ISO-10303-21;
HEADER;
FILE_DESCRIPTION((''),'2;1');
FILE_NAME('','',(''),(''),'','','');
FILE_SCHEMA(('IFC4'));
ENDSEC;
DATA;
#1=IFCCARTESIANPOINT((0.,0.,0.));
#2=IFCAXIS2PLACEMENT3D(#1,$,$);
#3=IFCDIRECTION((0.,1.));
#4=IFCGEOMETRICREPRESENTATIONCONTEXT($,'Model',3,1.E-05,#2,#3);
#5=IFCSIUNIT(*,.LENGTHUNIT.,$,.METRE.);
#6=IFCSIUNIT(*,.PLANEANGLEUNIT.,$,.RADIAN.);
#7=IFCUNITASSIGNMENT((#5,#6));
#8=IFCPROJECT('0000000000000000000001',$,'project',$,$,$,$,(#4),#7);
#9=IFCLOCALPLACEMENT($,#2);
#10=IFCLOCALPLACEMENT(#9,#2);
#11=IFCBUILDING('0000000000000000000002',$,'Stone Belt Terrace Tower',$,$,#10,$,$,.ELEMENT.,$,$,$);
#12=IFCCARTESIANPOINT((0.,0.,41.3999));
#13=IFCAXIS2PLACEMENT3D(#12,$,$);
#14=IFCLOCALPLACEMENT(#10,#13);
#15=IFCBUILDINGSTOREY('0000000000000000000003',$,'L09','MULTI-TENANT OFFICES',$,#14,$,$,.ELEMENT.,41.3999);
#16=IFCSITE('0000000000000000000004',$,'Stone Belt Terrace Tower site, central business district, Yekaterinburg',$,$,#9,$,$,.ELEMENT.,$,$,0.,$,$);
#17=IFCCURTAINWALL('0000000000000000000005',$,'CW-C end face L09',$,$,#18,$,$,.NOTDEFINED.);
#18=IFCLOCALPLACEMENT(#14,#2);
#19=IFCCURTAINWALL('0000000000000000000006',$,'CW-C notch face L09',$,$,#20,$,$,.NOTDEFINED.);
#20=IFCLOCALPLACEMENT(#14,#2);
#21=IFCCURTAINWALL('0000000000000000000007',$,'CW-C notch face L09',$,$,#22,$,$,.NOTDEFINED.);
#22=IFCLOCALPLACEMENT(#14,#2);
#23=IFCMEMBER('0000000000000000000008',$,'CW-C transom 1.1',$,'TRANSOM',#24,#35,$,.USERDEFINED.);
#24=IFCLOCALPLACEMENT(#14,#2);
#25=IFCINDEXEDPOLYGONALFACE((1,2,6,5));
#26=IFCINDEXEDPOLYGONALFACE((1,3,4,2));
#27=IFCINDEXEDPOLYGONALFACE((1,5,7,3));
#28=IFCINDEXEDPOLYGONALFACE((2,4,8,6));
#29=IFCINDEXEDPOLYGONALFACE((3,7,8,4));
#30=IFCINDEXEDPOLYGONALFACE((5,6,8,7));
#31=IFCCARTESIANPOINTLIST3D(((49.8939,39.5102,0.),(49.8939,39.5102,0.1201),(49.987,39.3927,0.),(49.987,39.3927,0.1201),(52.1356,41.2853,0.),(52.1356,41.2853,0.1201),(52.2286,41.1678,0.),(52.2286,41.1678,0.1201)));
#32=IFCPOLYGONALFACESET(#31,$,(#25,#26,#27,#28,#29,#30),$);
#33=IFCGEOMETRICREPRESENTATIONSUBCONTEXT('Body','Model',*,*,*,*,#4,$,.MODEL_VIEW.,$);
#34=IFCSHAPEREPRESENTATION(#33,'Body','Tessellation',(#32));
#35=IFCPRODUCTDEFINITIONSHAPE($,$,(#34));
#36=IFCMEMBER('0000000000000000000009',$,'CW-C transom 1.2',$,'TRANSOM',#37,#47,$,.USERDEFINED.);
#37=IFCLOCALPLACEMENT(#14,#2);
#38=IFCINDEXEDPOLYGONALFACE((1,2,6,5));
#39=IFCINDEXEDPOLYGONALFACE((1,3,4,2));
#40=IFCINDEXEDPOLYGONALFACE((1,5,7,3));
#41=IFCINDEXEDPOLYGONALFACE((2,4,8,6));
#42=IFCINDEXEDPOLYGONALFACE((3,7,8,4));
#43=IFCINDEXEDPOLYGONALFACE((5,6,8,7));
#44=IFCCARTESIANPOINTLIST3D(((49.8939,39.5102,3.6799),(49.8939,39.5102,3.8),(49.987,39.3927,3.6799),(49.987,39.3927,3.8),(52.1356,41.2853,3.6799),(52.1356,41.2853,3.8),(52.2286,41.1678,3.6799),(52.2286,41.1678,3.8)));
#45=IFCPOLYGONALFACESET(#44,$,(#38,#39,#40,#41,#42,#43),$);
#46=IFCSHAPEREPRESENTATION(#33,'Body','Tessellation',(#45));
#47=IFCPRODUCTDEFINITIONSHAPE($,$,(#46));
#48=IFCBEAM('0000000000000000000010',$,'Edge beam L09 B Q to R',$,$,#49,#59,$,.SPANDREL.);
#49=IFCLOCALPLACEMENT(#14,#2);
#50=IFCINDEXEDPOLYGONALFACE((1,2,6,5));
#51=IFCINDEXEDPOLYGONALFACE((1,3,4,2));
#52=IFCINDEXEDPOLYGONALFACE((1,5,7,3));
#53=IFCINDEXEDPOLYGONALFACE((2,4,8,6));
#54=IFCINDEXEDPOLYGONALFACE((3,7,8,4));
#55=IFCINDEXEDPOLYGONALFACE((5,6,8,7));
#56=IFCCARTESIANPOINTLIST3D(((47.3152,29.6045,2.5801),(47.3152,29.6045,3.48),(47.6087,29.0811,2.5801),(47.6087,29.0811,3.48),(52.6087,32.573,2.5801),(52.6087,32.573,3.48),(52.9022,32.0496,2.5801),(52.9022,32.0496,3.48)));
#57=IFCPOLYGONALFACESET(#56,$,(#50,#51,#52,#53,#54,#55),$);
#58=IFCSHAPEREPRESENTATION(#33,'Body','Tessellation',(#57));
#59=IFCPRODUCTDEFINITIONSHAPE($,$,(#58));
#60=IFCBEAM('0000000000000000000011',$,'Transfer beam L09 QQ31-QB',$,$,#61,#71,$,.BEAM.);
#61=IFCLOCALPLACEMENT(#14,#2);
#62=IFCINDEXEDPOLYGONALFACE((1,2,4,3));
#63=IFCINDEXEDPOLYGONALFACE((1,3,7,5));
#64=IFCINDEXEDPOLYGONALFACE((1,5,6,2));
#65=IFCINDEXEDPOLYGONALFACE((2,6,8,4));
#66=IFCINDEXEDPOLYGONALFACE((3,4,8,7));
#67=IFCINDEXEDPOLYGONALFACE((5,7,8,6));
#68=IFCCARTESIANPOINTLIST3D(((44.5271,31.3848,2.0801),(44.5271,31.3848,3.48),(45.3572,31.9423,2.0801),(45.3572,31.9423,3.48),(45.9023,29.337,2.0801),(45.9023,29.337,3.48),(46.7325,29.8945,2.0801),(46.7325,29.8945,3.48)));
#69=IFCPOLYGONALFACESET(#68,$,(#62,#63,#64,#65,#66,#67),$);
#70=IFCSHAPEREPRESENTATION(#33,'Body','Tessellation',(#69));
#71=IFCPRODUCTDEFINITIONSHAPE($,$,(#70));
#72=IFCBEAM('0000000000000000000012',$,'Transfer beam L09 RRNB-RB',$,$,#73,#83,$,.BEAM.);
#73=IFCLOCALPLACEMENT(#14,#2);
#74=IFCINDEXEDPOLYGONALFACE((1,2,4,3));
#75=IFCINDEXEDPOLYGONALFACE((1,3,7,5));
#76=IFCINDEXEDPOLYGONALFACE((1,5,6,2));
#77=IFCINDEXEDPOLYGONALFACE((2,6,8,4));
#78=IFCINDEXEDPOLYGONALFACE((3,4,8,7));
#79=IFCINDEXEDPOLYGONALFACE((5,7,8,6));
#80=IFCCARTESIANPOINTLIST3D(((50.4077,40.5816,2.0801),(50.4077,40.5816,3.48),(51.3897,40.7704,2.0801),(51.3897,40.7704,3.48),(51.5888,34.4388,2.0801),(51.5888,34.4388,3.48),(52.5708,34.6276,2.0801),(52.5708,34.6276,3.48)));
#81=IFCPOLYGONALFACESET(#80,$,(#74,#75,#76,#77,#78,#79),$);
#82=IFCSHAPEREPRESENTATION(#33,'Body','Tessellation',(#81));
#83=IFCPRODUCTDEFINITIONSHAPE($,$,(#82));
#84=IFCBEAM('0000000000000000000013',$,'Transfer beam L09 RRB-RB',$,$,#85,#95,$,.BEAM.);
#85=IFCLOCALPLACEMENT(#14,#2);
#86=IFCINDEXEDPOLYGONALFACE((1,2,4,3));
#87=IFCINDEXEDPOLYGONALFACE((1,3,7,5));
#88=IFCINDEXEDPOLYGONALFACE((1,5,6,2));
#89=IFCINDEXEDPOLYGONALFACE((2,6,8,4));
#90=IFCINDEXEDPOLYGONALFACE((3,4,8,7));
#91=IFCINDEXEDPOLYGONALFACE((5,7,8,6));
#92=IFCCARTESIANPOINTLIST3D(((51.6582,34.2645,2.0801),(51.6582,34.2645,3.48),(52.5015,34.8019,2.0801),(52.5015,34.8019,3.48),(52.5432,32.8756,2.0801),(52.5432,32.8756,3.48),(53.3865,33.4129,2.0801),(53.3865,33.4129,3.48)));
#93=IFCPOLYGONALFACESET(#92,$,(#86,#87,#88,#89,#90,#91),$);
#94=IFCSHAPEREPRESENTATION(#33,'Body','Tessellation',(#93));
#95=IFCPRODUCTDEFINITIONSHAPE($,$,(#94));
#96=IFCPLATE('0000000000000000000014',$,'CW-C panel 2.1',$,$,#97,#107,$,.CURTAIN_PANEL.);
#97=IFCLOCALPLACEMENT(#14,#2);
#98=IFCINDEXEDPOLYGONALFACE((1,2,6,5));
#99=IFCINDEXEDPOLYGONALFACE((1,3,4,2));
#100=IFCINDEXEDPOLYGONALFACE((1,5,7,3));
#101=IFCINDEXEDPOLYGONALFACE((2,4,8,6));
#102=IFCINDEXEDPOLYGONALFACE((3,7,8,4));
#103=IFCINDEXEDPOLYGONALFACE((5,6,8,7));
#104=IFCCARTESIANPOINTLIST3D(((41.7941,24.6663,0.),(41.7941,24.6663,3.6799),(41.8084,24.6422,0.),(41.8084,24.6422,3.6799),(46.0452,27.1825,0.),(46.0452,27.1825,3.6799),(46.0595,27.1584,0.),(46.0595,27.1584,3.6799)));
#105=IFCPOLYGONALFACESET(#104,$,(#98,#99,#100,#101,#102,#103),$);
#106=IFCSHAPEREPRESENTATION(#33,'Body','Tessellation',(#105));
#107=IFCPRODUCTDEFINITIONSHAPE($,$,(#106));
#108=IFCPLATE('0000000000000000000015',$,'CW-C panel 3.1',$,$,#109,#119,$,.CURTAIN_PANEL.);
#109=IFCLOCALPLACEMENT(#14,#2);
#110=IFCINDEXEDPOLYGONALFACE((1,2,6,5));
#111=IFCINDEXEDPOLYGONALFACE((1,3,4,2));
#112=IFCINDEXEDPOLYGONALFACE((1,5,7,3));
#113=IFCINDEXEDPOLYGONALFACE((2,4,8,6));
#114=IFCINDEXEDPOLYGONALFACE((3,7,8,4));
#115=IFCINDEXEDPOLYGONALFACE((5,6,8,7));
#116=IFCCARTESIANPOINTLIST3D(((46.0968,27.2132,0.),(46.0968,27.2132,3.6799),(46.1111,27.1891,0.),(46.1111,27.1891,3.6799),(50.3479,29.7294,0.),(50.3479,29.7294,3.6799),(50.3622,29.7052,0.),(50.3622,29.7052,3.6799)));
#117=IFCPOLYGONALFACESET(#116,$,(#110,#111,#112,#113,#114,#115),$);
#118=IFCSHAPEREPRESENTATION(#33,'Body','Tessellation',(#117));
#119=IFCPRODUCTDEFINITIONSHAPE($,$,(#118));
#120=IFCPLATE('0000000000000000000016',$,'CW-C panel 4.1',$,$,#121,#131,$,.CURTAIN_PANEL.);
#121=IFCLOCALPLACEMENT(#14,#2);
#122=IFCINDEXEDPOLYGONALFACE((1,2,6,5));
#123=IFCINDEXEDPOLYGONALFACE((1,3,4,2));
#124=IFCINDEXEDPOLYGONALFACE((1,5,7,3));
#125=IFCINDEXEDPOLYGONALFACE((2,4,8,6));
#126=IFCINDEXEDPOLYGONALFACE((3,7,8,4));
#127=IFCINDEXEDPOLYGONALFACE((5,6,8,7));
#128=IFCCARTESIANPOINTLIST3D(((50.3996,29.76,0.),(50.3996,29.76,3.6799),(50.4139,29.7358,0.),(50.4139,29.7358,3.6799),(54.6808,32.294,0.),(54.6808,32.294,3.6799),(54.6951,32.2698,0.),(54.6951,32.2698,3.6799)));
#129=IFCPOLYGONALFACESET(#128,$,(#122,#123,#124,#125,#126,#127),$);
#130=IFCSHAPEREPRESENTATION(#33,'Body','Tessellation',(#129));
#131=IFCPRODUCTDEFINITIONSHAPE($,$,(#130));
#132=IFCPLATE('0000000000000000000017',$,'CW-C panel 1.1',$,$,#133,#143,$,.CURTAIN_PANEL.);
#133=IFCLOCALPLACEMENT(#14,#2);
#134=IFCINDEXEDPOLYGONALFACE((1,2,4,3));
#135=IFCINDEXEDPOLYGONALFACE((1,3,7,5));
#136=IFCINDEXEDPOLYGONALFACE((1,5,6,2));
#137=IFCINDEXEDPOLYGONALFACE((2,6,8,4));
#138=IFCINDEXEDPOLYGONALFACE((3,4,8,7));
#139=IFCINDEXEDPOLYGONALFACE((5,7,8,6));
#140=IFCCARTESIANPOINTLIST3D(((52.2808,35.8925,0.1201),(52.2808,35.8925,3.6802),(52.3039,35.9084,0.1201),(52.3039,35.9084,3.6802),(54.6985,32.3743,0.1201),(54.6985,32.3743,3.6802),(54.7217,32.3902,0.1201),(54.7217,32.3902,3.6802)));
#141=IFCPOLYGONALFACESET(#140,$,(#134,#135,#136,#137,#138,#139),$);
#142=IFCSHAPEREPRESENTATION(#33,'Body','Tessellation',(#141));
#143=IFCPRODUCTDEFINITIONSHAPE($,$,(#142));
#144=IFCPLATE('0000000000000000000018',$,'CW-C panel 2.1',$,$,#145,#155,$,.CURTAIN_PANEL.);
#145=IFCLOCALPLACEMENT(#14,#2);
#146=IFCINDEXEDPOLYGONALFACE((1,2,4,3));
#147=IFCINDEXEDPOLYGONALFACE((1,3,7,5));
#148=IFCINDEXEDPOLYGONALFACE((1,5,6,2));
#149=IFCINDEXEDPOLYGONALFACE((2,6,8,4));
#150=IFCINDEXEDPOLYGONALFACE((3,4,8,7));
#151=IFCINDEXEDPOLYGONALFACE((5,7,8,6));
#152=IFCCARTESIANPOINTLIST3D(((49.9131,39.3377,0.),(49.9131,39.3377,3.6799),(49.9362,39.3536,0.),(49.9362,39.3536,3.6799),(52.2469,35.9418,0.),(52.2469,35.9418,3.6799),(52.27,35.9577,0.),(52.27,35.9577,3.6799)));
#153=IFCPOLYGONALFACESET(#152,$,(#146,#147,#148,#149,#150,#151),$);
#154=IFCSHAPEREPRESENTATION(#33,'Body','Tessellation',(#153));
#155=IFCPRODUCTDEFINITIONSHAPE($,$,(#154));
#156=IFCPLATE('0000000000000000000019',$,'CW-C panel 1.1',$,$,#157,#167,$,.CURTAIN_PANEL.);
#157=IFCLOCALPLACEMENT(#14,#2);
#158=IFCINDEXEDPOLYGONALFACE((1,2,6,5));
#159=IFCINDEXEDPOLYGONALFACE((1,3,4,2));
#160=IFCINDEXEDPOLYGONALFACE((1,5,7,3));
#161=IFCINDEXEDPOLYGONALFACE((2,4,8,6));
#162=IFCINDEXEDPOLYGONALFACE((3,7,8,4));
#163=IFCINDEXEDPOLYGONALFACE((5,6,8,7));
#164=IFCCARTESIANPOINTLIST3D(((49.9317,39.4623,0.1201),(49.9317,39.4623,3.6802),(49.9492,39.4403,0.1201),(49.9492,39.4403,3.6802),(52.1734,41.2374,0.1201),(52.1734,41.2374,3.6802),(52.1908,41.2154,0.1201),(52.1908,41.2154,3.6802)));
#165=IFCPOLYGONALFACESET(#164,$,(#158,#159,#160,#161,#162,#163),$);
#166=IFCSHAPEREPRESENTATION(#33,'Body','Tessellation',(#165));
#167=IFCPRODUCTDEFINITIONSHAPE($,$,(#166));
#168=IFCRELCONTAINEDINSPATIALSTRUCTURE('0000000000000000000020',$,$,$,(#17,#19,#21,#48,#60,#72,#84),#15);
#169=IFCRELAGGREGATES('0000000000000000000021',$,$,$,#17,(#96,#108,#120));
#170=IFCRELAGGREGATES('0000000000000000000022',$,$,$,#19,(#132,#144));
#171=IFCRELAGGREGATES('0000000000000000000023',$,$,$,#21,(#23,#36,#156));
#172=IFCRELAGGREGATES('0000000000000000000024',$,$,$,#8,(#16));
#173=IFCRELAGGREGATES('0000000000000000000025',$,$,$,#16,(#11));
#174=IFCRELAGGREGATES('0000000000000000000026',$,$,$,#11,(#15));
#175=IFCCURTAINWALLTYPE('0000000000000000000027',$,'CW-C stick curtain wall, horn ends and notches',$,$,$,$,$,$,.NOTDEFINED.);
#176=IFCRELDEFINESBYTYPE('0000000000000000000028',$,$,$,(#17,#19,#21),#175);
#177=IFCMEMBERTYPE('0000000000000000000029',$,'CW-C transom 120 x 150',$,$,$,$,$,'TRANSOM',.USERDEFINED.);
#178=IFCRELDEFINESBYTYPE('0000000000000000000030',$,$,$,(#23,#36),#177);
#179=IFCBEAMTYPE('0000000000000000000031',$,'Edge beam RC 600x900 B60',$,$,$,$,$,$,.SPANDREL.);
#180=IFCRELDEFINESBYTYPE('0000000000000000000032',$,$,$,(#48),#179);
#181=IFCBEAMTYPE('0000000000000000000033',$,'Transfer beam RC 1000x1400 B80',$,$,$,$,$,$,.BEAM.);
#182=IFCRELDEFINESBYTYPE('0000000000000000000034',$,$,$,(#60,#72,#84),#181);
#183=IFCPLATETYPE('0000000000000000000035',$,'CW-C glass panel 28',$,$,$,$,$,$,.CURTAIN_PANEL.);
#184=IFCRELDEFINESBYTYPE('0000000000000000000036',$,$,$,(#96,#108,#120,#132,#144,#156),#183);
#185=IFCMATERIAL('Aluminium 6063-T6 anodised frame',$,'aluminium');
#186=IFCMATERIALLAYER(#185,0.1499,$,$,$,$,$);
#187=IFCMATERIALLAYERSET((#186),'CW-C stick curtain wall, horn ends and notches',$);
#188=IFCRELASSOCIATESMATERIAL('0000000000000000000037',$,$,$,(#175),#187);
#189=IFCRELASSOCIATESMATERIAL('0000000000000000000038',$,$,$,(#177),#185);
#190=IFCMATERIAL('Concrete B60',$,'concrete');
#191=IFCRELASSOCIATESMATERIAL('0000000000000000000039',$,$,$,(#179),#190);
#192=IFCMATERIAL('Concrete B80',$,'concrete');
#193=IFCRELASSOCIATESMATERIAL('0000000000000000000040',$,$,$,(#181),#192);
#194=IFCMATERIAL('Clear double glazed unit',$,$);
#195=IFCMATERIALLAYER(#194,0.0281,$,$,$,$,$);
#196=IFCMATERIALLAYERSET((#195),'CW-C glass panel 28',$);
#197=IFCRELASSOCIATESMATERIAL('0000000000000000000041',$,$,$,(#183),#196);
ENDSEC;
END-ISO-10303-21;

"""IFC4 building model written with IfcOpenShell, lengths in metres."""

from ifc_helpers import new_model, si_unit, direction, frame, origin, origin_2d, place, context, subcontext, project, spatial, rectangle, extrude, material, layer, layer_set, material_profile, profile_set, type_object, element, aggregate, save


model = new_model("IFC4")

# Units and contexts
model_context = context("Model", 3, precision=1e-05, world=origin(), true_north=direction((0.0, 1.0)))
body_context = subcontext(model_context, "Body", "Model", "MODEL_VIEW")
ifc_project = project(units=[si_unit("LENGTHUNIT", "METRE"), si_unit("PLANEANGLEUNIT", "RADIAN")], contexts=[model_context])

# Site, building, storey
site_placement = place(None, origin())
site = spatial("IfcSite", under=ifc_project, at=site_placement, Name="Stone Belt Terrace Tower site, central business district, Yekaterinburg", CompositionType="ELEMENT", RefElevation=0.0)
building_placement = place(site_placement, origin())
building = spatial("IfcBuilding", under=site, at=building_placement, Name="Stone Belt Terrace Tower", CompositionType="ELEMENT")
storey_placement = place(building_placement, frame((0.0, 0.0, 41.3999)))
storey = spatial("IfcBuildingStorey", under=building, at=storey_placement, Name="L09", Description="MULTI-TENANT OFFICES", CompositionType="ELEMENT", Elevation=41.3999)

# Shared definitions
ifc_material_1 = material(Name="Concrete B80", Category="concrete")

# Shared definitions
ifc_material_2 = material(Name="Aluminium 6063-T6 anodised frame", Category="aluminium")

# Curtain walls
ifc_layer_1 = layer(ifc_material_2, 0.1499)
ifc_layer_set_1 = layer_set([ifc_layer_1], Name="CW-C stick curtain wall, horn ends and notches")
curtain_wall_type_1 = type_object("IfcCurtainWallType", Name="CW-C stick curtain wall, horn ends and notches", PredefinedType="NOTDEFINED", material=ifc_layer_set_1)
curtain_wall_1_placement = place(storey_placement, origin())
curtain_wall_1 = element("IfcCurtainWall", 1, at=curtain_wall_1_placement, inside=storey, type_object=curtain_wall_type_1, Name="CW-C end face L09", PredefinedType="NOTDEFINED")
curtain_wall_2_placement = place(storey_placement, origin())
curtain_wall_2 = element("IfcCurtainWall", 2, at=curtain_wall_2_placement, inside=storey, type_object=curtain_wall_type_1, Name="CW-C notch face L09", PredefinedType="NOTDEFINED")

# Curtain wall
curtain_wall_3_placement = place(storey_placement, origin())
curtain_wall_3 = element("IfcCurtainWall", 3, at=curtain_wall_3_placement, inside=storey, type_object=curtain_wall_type_1, Name="CW-C notch face L09", PredefinedType="NOTDEFINED")

# Members
ifc_material_profile_1 = material_profile(ifc_material_2, rectangle(XDim=0.1499, YDim=0.1201, at=origin_2d()), Name="Aluminium 6063-T6 150x120")
ifc_profile_set_1 = profile_set([ifc_material_profile_1], Name="Aluminium 6063-T6 anodised frame")
member_type_1 = type_object("IfcMemberType", Name="CW-C transom 120 x 150", ElementType="TRANSOM", PredefinedType="USERDEFINED", material=ifc_profile_set_1)
member_1_placement = place(storey_placement, frame((49.9404, 39.4514, 0.0601), z_axis=(0.783966, 0.620804, 0.0), x_axis=(-0.620804, 0.783966, 0.0)))
member_1 = element("IfcMember", 4, at=member_1_placement, type_object=member_type_1, Name="CW-C transom 1.1", ObjectType="TRANSOM", PredefinedType="USERDEFINED", context=body_context, shape_type="SweptSolid", body=[
    extrude(rectangle(XDim=0.1499, YDim=0.1201, at=origin_2d()), origin(), (0.0, 0.0, 1.0), 2.8594),
])
member_2_placement = place(storey_placement, frame((49.9404, 39.4514, 3.74), z_axis=(0.783966, 0.620804, 0.0), x_axis=(-0.620804, 0.783966, 0.0)))
member_2 = element("IfcMember", 5, at=member_2_placement, type_object=member_type_1, Name="CW-C transom 1.2", ObjectType="TRANSOM", PredefinedType="USERDEFINED", context=body_context, shape_type="SweptSolid", body=[
    extrude(rectangle(XDim=0.1499, YDim=0.1201, at=origin_2d()), origin(), (0.0, 0.0, 1.0), 2.8594),
])

# Beams
ifc_material_3 = material(Name="Concrete B60", Category="concrete")
ifc_material_profile_2 = material_profile(ifc_material_3, rectangle(XDim=0.6001, YDim=0.8999, at=origin_2d()), Name="RC 600x900")
ifc_profile_set_2 = profile_set([ifc_material_profile_2], Name="Concrete B60")
beam_type_1 = type_object("IfcBeamType", Name="Edge beam RC 600x900 B60", PredefinedType="SPANDREL", material=ifc_profile_set_2)
beam_1_placement = place(storey_placement, frame((47.4619, 29.3428, 3.03), z_axis=(0.872213, 0.489126, 0.0), x_axis=(-0.489126, 0.872213, 0.0)))
element("IfcBeam", 6, at=beam_1_placement, inside=storey, type_object=beam_type_1, Name="Edge beam L09 B Q to R", PredefinedType="SPANDREL", context=body_context, shape_type="SweptSolid", body=[
    extrude(rectangle(XDim=0.6001, YDim=0.8999, at=origin_2d()), origin(), (0.0, 0.0, 1.0), 6.0691),
])
ifc_material_profile_3 = material_profile(ifc_material_1, rectangle(XDim=1.0, YDim=1.3999, at=origin_2d()), Name="RC 1000x1400")
ifc_profile_set_3 = profile_set([ifc_material_profile_3], Name="Concrete B80")
beam_type_2 = type_object("IfcBeamType", Name="Transfer beam RC 1000x1400 B80", PredefinedType="BEAM", material=ifc_profile_set_3)
beam_2_placement = place(storey_placement, frame((44.9421, 31.6636, 2.78), z_axis=(0.557506, -0.830173, 0.0), x_axis=(0.830173, 0.557506, 0.0)))
element("IfcBeam", 7, at=beam_2_placement, inside=storey, type_object=beam_type_2, Name="Transfer beam L09 QQ31-QB", PredefinedType="BEAM", context=body_context, shape_type="SweptSolid", body=[
    extrude(rectangle(XDim=1.0, YDim=1.3999, at=origin_2d()), origin(), (0.0, 0.0, 1.0), 2.4668),
])
beam_3_placement = place(storey_placement, frame((50.8987, 40.676, 2.78), z_axis=(0.188823, -0.982011, 0.0), x_axis=(0.982011, 0.188823, 0.0)))
element("IfcBeam", 8, at=beam_3_placement, inside=storey, type_object=beam_type_2, Name="Transfer beam L09 RRNB-RB", PredefinedType="BEAM", context=body_context, shape_type="SweptSolid", body=[
    extrude(rectangle(XDim=1.0, YDim=1.3999, at=origin_2d()), origin(), (0.0, 0.0, 1.0), 6.2554),
])
beam_4_placement = place(storey_placement, frame((52.0798, 34.5332, 2.78), z_axis=(0.537374, -0.843344, 0.0), x_axis=(0.843344, 0.537374, 0.0)))
element("IfcBeam", 9, at=beam_4_placement, inside=storey, type_object=beam_type_2, Name="Transfer beam L09 RRB-RB", PredefinedType="BEAM", context=body_context, shape_type="SweptSolid", body=[
    extrude(rectangle(XDim=1.0, YDim=1.3999, at=origin_2d()), origin(), (0.0, 0.0, 1.0), 1.647),
])

# Plates
ifc_material_4 = material(Name="Clear double glazed unit")
ifc_layer_2 = layer(ifc_material_4, 0.0281)
ifc_layer_set_2 = layer_set([ifc_layer_2], Name="CW-C glass panel 28")
plate_type = type_object("IfcPlateType", Name="CW-C glass panel 28", PredefinedType="CURTAIN_PANEL", material=ifc_layer_set_2)
plate_1_placement = place(storey_placement, frame((43.9268, 25.9124, 0.0), z_axis=(0.0, 0.0, 1.0), x_axis=(0.860558, 0.509353, 0.0)))
plate_1 = element("IfcPlate", 10, at=plate_1_placement, type_object=plate_type, Name="CW-C panel 2.1", PredefinedType="CURTAIN_PANEL", context=body_context, shape_type="SweptSolid", body=[
    extrude(rectangle(XDim=4.9399, YDim=0.0281, at=origin_2d()), origin(), (0.0, 0.0, 1.0), 3.6799),
])
plate_2_placement = place(storey_placement, frame((48.2295, 28.4592, 0.0), z_axis=(0.0, 0.0, 1.0), x_axis=(0.860558, 0.509353, 0.0)))
plate_2 = element("IfcPlate", 11, at=plate_2_placement, type_object=plate_type, Name="CW-C panel 3.1", PredefinedType="CURTAIN_PANEL", context=body_context, shape_type="SweptSolid", body=[
    extrude(rectangle(XDim=4.9399, YDim=0.0281, at=origin_2d()), origin(), (0.0, 0.0, 1.0), 3.6799),
])
plate_3_placement = place(storey_placement, frame((52.5474, 31.0149, 0.0), z_axis=(0.0, 0.0, 1.0), x_axis=(0.860558, 0.509353, 0.0)))
plate_3 = element("IfcPlate", 12, at=plate_3_placement, type_object=plate_type, Name="CW-C panel 4.1", PredefinedType="CURTAIN_PANEL", context=body_context, shape_type="SweptSolid", body=[
    extrude(rectangle(XDim=4.9749, YDim=0.0281, at=origin_2d()), origin(), (0.0, 0.0, 1.0), 3.6799),
])
aggregate(curtain_wall_1, [plate_1, plate_2, plate_3])
plate_4_placement = place(storey_placement, frame((53.5012, 34.1414, 0.1201), z_axis=(0.0, 0.0, 1.0), x_axis=(-0.566376, 0.824147, 0.0)))
plate_4 = element("IfcPlate", 13, at=plate_4_placement, type_object=plate_type, Name="CW-C panel 1.1", PredefinedType="CURTAIN_PANEL", context=body_context, shape_type="SweptSolid", body=[
    extrude(rectangle(XDim=4.2688, YDim=0.0281, at=origin_2d()), origin(), (0.0, 0.0, 1.0), 3.5601),
])
plate_5_placement = place(storey_placement, frame((51.0916, 37.6477, 0.0), z_axis=(0.0, 0.0, 1.0), x_axis=(-0.566376, 0.824147, 0.0)))
plate_5 = element("IfcPlate", 14, at=plate_5_placement, type_object=plate_type, Name="CW-C panel 2.1", PredefinedType="CURTAIN_PANEL", context=body_context, shape_type="SweptSolid", body=[
    extrude(rectangle(XDim=4.1206, YDim=0.0281, at=origin_2d()), origin(), (0.0, 0.0, 1.0), 3.6799),
])
aggregate(curtain_wall_2, [plate_4, plate_5])
plate_6_placement = place(storey_placement, frame((51.0613, 40.3389, 0.1201), z_axis=(0.0, 0.0, 1.0), x_axis=(0.783964, 0.620807, 0.0)))
plate_6 = element("IfcPlate", 15, at=plate_6_placement, type_object=plate_type, Name="CW-C panel 1.1", PredefinedType="CURTAIN_PANEL", context=body_context, shape_type="SweptSolid", body=[
    extrude(rectangle(XDim=2.8594, YDim=0.0281, at=origin_2d()), origin(), (0.0, 0.0, 1.0), 3.5601),
])
aggregate(curtain_wall_3, [member_1, member_2, plate_6])

save(model, "model.ifc")
